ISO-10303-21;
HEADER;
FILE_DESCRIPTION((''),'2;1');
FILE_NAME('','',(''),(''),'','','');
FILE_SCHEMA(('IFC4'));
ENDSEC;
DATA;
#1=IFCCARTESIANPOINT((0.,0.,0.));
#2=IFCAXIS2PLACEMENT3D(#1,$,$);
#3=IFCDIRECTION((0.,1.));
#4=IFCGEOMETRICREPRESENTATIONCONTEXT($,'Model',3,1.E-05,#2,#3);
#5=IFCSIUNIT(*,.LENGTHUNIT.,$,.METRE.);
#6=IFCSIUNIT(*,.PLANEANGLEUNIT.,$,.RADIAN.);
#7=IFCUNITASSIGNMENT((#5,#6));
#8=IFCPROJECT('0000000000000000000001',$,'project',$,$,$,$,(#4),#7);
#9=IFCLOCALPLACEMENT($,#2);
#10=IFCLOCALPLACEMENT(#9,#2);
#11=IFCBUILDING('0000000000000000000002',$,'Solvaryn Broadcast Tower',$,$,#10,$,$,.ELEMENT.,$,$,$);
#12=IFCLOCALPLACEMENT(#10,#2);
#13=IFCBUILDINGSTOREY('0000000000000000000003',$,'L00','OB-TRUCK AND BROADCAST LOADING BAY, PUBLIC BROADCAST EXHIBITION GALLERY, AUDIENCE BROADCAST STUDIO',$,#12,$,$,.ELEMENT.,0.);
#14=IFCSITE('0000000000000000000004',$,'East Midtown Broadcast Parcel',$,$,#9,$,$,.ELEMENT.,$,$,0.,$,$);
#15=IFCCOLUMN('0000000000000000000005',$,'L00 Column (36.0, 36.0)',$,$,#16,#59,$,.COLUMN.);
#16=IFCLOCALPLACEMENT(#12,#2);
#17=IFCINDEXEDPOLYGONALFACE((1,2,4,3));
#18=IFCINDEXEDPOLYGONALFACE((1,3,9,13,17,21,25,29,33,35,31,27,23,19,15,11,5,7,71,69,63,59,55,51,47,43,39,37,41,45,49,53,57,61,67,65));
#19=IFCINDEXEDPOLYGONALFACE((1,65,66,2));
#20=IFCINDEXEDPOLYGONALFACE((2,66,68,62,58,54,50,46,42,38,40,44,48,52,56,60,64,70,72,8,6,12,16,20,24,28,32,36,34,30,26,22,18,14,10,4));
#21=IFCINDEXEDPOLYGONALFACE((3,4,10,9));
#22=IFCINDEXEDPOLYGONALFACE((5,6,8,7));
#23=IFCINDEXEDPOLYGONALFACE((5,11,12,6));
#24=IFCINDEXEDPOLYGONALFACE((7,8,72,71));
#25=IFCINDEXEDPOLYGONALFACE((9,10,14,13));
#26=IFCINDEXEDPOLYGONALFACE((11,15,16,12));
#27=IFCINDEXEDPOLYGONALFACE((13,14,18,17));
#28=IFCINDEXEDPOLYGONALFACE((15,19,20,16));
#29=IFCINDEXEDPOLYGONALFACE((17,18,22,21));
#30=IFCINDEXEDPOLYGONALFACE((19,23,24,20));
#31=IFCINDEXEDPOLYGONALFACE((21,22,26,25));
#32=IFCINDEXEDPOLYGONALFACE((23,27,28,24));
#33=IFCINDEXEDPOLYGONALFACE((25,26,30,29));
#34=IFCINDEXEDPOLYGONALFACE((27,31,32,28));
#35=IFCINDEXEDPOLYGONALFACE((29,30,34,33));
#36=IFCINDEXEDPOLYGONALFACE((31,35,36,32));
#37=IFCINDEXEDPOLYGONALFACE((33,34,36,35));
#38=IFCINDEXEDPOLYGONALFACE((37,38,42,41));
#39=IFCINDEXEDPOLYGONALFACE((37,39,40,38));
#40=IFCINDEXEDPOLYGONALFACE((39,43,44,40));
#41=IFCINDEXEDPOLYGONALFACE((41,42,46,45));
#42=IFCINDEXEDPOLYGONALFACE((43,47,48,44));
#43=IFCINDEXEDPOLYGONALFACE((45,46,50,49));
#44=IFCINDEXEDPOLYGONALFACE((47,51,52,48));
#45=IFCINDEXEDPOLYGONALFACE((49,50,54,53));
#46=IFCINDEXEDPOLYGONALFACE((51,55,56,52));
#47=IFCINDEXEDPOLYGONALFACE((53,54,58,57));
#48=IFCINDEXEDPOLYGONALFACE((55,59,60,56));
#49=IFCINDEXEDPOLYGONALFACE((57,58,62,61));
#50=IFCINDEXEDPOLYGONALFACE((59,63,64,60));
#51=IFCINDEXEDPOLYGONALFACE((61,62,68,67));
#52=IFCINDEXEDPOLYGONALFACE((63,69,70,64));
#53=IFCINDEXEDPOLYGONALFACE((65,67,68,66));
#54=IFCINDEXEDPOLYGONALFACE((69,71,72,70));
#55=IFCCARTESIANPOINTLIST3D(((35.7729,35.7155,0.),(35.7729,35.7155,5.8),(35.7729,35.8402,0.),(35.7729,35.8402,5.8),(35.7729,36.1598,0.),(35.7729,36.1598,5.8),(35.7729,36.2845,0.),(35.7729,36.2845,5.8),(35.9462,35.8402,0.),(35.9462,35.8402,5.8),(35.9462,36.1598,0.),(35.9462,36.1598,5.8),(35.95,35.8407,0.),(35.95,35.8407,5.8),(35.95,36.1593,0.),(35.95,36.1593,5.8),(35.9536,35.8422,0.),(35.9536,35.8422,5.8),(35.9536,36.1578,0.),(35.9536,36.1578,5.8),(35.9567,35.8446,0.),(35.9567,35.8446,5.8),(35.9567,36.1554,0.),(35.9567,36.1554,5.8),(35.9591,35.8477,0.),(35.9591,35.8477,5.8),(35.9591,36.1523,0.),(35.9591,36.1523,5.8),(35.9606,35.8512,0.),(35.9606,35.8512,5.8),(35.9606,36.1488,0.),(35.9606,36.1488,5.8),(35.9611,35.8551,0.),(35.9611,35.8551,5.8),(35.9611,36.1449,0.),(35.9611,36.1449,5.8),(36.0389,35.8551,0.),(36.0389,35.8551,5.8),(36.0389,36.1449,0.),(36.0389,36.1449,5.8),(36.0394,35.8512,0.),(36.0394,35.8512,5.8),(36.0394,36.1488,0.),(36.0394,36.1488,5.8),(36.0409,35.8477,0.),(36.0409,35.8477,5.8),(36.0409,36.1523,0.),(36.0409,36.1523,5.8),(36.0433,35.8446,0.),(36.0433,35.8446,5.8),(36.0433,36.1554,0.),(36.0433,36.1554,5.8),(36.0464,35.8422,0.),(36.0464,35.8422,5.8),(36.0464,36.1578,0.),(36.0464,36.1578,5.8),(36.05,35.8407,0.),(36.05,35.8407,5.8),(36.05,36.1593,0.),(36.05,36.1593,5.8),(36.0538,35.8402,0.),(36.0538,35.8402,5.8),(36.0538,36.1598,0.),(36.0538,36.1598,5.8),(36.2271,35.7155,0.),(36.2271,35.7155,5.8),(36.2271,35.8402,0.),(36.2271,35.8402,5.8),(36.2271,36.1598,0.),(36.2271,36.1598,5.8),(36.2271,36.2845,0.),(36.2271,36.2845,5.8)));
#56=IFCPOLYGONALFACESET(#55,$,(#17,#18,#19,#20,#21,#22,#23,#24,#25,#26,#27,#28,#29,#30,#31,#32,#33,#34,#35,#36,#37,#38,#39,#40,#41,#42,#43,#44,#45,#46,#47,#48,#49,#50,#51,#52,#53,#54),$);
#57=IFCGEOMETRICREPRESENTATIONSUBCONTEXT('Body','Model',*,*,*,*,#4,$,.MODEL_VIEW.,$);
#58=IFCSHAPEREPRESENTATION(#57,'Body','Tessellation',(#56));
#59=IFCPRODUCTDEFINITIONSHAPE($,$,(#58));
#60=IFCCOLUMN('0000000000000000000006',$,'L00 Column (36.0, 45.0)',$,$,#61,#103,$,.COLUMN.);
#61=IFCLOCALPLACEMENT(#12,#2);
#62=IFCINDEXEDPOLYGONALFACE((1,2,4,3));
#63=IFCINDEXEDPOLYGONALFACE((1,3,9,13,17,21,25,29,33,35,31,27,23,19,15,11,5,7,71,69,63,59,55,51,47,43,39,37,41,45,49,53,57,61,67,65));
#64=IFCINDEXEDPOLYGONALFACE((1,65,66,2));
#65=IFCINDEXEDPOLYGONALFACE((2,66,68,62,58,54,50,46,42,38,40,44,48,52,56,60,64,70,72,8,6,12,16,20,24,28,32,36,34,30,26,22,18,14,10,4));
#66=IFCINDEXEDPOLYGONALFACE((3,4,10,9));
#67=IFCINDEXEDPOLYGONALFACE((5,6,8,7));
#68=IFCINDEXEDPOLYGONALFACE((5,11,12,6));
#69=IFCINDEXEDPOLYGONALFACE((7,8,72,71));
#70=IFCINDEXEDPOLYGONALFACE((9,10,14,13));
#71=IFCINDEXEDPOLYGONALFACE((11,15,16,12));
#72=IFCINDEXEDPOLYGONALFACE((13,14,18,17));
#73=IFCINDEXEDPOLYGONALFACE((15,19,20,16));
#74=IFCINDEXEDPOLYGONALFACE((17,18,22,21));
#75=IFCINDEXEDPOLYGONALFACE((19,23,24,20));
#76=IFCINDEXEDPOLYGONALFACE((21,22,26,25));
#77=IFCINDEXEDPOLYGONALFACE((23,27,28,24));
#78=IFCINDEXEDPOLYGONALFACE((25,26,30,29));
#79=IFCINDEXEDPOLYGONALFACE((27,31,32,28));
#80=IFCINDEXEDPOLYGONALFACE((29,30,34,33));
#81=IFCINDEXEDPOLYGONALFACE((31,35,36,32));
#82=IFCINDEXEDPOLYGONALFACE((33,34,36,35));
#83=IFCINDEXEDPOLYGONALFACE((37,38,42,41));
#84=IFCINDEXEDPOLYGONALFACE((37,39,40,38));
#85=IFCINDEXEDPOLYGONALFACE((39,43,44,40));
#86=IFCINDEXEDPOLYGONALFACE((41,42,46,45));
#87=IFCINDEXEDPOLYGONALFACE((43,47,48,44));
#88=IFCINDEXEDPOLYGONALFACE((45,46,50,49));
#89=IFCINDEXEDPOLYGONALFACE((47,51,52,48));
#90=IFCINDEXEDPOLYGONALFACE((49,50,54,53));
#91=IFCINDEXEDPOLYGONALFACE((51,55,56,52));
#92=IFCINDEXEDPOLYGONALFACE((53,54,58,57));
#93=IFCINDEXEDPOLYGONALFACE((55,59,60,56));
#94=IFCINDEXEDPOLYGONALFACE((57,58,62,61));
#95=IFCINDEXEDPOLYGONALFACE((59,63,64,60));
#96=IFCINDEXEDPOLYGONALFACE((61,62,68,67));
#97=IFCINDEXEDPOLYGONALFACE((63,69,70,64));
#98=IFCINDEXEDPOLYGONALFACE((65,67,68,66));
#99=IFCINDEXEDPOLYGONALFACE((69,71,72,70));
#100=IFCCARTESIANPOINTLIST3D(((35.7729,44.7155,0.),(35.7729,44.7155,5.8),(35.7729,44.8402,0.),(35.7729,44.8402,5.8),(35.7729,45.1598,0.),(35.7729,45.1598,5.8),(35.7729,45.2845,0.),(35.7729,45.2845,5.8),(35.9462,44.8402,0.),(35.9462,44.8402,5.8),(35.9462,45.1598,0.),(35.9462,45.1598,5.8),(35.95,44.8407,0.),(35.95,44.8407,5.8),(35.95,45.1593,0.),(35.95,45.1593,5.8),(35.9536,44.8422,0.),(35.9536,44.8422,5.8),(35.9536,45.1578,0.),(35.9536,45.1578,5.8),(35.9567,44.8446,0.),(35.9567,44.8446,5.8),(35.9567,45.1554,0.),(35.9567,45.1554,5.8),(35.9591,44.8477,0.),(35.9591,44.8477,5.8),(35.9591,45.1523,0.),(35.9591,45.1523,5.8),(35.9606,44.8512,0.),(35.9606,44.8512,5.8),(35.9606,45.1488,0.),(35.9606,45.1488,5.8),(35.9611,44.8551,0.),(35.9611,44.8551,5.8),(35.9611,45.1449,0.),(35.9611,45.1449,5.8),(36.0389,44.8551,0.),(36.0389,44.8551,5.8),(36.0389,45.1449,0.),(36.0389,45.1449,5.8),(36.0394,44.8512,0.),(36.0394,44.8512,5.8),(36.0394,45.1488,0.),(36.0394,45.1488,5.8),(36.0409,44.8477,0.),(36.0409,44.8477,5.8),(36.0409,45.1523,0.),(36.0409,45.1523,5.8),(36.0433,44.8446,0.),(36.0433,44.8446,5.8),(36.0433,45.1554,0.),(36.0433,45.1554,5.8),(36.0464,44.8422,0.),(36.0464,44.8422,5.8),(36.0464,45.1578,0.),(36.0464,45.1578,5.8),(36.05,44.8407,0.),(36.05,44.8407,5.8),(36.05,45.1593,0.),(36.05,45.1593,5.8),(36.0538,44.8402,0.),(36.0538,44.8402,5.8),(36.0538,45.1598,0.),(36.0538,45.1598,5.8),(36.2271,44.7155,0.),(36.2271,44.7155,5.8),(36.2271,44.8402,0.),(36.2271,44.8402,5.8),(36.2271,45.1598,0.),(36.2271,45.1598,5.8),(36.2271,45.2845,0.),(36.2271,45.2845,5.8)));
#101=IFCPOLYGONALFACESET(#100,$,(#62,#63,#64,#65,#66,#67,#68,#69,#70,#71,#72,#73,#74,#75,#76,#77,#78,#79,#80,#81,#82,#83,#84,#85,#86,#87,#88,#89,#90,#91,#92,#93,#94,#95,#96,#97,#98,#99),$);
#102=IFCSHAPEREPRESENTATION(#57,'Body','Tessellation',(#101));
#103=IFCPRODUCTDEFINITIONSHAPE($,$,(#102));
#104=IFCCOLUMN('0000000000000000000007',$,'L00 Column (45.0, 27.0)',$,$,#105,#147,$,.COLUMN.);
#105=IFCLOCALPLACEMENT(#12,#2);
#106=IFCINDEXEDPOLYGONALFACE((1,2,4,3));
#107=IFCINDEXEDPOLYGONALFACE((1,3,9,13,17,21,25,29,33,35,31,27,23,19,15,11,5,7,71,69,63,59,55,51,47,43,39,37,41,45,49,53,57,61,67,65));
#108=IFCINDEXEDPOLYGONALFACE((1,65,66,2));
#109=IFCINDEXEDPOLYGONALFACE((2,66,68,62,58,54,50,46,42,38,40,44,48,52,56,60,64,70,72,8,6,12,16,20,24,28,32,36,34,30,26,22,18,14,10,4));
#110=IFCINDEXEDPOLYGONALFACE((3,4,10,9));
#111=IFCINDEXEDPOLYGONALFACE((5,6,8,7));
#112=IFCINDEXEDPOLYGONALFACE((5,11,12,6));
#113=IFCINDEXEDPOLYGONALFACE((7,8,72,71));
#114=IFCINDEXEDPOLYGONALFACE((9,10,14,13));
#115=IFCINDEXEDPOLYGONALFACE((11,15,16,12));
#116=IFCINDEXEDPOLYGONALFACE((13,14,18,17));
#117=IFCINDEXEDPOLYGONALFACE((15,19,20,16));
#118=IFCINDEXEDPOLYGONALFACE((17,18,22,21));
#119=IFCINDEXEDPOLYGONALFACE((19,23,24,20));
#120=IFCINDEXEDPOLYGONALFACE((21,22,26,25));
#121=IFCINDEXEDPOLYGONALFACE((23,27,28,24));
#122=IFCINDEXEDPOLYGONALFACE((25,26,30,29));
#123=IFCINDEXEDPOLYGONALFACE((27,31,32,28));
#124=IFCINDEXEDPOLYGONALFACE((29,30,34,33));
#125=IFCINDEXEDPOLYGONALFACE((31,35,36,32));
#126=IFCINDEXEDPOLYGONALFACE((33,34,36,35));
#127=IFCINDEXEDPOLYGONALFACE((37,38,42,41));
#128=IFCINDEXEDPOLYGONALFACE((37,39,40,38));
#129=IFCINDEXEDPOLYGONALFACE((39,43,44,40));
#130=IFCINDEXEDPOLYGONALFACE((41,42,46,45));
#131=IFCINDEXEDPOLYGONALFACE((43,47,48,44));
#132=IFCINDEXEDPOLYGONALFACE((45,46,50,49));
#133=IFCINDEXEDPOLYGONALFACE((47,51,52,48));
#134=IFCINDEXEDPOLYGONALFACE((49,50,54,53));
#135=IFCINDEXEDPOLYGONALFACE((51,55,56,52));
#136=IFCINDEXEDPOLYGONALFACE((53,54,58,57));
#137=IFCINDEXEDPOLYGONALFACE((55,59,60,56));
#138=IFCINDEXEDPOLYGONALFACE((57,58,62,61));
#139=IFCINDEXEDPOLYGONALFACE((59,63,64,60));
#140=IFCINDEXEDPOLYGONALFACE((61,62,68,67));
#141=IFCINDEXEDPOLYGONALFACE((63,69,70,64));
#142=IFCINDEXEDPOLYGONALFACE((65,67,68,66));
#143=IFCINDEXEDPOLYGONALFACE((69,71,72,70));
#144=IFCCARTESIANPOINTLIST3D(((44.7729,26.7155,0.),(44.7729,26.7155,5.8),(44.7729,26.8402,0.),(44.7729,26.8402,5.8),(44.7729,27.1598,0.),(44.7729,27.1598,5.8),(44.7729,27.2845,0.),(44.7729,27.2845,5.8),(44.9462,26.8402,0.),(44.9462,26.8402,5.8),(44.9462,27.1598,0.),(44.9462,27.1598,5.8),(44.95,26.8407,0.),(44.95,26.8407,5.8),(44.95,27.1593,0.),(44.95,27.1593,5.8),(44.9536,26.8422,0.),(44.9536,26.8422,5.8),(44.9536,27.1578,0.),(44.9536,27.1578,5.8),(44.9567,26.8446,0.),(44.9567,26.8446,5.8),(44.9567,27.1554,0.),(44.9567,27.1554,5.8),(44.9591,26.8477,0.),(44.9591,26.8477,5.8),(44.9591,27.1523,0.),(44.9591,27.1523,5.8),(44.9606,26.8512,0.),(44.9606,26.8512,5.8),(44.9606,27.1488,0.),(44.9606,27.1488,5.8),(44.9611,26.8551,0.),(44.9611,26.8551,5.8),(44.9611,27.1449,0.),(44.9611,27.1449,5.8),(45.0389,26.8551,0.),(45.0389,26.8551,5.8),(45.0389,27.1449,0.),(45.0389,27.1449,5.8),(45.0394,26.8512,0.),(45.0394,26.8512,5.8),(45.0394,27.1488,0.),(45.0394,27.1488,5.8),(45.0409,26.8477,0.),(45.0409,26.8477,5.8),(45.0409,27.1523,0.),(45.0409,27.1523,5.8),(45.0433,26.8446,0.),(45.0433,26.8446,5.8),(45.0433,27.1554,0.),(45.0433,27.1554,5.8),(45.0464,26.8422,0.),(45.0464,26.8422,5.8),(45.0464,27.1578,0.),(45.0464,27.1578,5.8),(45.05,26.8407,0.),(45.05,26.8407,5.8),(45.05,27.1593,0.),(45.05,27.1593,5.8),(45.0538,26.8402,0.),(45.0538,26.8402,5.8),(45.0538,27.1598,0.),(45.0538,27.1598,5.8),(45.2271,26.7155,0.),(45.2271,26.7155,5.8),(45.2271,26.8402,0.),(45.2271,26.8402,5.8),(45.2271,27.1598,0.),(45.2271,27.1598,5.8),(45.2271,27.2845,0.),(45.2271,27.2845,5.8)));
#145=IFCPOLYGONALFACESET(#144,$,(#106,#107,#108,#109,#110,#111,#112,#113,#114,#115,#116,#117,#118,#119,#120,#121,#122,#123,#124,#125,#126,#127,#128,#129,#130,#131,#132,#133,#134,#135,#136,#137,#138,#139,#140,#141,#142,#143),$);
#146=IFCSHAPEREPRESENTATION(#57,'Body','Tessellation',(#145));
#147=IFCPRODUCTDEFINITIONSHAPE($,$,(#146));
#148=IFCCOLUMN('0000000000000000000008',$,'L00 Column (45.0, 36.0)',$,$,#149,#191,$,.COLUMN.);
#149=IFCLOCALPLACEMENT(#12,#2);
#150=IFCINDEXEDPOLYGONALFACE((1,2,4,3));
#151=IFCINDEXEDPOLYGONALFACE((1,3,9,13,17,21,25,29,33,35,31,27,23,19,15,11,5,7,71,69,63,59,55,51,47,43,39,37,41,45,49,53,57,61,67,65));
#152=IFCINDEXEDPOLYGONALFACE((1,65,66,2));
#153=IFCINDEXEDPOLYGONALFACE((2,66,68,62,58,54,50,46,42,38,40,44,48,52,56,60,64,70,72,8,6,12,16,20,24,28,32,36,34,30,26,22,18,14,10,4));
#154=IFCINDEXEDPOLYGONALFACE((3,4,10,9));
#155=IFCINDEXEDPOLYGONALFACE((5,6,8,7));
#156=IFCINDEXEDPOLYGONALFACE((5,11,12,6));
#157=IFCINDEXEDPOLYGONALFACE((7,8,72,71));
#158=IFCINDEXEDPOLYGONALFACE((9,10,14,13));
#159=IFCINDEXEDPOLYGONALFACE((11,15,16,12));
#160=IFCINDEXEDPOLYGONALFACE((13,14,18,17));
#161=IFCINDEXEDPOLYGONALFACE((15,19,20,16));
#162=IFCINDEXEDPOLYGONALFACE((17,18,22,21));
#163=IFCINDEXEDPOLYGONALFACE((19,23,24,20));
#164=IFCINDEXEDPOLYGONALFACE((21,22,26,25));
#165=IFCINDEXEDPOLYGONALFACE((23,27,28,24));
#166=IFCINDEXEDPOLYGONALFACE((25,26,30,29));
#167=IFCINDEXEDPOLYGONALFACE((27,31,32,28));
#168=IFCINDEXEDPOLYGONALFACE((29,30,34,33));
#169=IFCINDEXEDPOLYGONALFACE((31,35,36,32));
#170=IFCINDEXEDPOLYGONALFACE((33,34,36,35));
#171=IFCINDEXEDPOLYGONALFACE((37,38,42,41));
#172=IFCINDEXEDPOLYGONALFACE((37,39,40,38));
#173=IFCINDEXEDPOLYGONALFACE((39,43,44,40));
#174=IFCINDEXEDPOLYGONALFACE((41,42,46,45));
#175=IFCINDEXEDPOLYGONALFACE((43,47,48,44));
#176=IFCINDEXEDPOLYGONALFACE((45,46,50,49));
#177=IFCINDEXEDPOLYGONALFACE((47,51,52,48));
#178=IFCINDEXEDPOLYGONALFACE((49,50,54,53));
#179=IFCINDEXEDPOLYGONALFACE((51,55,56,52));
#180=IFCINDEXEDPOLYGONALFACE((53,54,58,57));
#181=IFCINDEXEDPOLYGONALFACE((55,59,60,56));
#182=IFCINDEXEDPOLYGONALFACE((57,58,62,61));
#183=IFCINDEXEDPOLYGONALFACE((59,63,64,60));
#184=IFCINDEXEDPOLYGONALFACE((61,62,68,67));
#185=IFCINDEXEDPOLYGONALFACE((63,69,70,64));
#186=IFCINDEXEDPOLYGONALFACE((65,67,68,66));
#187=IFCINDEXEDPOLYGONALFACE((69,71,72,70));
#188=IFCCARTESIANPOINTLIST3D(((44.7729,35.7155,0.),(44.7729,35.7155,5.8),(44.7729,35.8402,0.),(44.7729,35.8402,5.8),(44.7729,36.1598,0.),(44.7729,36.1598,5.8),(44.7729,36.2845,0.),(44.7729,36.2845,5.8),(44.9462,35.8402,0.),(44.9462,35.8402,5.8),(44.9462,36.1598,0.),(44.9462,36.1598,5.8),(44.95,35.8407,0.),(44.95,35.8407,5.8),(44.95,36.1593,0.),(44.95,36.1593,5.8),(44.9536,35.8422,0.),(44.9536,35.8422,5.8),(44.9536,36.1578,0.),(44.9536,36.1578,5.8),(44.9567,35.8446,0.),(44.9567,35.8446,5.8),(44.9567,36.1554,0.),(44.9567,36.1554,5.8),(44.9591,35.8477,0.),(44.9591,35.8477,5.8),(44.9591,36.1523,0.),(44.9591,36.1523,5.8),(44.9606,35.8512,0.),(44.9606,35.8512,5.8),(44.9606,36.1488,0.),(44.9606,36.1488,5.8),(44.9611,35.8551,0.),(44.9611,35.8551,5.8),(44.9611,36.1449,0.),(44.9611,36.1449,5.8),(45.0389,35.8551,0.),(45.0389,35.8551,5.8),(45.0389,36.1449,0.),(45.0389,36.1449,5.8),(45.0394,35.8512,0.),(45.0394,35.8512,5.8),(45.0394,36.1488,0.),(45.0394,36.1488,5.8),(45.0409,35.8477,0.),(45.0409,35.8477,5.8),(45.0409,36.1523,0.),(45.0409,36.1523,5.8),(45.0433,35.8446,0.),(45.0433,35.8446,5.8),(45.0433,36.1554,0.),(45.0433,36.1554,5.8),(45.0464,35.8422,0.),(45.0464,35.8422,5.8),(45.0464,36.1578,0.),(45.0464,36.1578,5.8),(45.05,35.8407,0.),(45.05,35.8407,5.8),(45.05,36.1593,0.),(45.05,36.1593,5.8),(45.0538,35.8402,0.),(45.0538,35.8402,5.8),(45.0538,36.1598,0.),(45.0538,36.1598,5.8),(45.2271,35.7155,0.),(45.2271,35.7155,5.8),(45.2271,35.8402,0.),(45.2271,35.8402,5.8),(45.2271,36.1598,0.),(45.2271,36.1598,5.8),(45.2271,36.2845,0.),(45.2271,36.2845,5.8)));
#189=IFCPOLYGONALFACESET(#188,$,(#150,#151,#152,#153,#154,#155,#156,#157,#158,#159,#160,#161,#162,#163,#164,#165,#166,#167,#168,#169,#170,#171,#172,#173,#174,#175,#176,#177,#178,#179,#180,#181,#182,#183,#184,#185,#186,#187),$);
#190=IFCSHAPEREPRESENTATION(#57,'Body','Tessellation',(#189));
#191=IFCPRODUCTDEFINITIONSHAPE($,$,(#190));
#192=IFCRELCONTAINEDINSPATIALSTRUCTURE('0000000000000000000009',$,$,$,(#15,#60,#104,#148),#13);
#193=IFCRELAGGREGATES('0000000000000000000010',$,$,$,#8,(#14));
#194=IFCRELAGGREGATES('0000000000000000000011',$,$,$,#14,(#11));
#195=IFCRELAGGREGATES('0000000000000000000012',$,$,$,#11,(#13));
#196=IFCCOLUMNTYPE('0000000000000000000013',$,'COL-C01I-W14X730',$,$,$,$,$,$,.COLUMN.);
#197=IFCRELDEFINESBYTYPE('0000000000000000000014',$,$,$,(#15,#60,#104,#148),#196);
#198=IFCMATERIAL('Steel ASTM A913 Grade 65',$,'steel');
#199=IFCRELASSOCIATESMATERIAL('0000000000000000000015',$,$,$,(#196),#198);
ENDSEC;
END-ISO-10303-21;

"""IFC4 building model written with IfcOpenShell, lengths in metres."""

from ifc_helpers import new_model, si_unit, direction, frame, origin, origin_2d, place, context, subcontext, project, spatial, i_section, extrude, material, material_profile, profile_set, type_object, element, save


model = new_model("IFC4")

# Units and contexts
model_context = context("Model", 3, precision=1e-05, world=origin(), true_north=direction((0.0, 1.0)))
body_context = subcontext(model_context, "Body", "Model", "MODEL_VIEW")
ifc_project = project(units=[si_unit("LENGTHUNIT", "METRE"), si_unit("PLANEANGLEUNIT", "RADIAN")], contexts=[model_context])

# Site, building, storey
site_placement = place(None, origin())
site = spatial("IfcSite", under=ifc_project, at=site_placement, Name="East Midtown Broadcast Parcel", CompositionType="ELEMENT", RefElevation=0.0)
building_placement = place(site_placement, origin())
building = spatial("IfcBuilding", under=site, at=building_placement, Name="Solvaryn Broadcast Tower", CompositionType="ELEMENT")
storey_placement = place(building_placement, origin())
storey = spatial("IfcBuildingStorey", under=building, at=storey_placement, Name="L00", Description="OB-TRUCK AND BROADCAST LOADING BAY, PUBLIC BROADCAST EXHIBITION GALLERY, AUDIENCE BROADCAST STUDIO", CompositionType="ELEMENT", Elevation=0.0)

# Columns
ifc_material_1 = material(Name="Steel ASTM A913 Grade 65", Category="steel")
ifc_material_profile_1 = material_profile(ifc_material_1, i_section(OverallWidth=0.4541, OverallDepth=0.5691, WebThickness=0.0779, FlangeThickness=0.1248, FilletRadius=0.0149, at=origin_2d()))
ifc_profile_set_1 = profile_set([ifc_material_profile_1], Name="Steel ASTM A913 Grade 65")
column_type_1 = type_object("IfcColumnType", Name="COL-C01I-W14X730", PredefinedType="COLUMN", material=ifc_profile_set_1)
for number, where, z_axis, x_axis, name in (
    (1, (36.0, 36.0, 0.0), (0.0, 0.0, 1.0), (1.0, 0.0, 0.0), "L00 Column (36.0, 36.0)"),
    (2, (36.0, 45.0, 0.0), (0.0, 0.0, 1.0), (1.0, 0.0, 0.0), "L00 Column (36.0, 45.0)"),
    (3, (45.0, 27.0, 0.0), (0.0, 0.0, 1.0), (1.0, 0.0, 0.0), "L00 Column (45.0, 27.0)"),
    (4, (45.0, 36.0, 0.0), (0.0, 0.0, 1.0), (1.0, 0.0, 0.0), "L00 Column (45.0, 36.0)"),
):
    element("IfcColumn", number, at=place(storey_placement, frame(where, z_axis=z_axis, x_axis=x_axis)), inside=storey, type_object=column_type_1, Name=name, PredefinedType="COLUMN", context=body_context, shape_type="SweptSolid", body=[
        extrude(i_section(OverallWidth=0.4541, OverallDepth=0.5691, WebThickness=0.0779, FlangeThickness=0.1248, FilletRadius=0.0149, at=origin_2d()), origin(), (0.0, 0.0, 1.0), 5.8),
    ])

save(model, "model.ifc")
